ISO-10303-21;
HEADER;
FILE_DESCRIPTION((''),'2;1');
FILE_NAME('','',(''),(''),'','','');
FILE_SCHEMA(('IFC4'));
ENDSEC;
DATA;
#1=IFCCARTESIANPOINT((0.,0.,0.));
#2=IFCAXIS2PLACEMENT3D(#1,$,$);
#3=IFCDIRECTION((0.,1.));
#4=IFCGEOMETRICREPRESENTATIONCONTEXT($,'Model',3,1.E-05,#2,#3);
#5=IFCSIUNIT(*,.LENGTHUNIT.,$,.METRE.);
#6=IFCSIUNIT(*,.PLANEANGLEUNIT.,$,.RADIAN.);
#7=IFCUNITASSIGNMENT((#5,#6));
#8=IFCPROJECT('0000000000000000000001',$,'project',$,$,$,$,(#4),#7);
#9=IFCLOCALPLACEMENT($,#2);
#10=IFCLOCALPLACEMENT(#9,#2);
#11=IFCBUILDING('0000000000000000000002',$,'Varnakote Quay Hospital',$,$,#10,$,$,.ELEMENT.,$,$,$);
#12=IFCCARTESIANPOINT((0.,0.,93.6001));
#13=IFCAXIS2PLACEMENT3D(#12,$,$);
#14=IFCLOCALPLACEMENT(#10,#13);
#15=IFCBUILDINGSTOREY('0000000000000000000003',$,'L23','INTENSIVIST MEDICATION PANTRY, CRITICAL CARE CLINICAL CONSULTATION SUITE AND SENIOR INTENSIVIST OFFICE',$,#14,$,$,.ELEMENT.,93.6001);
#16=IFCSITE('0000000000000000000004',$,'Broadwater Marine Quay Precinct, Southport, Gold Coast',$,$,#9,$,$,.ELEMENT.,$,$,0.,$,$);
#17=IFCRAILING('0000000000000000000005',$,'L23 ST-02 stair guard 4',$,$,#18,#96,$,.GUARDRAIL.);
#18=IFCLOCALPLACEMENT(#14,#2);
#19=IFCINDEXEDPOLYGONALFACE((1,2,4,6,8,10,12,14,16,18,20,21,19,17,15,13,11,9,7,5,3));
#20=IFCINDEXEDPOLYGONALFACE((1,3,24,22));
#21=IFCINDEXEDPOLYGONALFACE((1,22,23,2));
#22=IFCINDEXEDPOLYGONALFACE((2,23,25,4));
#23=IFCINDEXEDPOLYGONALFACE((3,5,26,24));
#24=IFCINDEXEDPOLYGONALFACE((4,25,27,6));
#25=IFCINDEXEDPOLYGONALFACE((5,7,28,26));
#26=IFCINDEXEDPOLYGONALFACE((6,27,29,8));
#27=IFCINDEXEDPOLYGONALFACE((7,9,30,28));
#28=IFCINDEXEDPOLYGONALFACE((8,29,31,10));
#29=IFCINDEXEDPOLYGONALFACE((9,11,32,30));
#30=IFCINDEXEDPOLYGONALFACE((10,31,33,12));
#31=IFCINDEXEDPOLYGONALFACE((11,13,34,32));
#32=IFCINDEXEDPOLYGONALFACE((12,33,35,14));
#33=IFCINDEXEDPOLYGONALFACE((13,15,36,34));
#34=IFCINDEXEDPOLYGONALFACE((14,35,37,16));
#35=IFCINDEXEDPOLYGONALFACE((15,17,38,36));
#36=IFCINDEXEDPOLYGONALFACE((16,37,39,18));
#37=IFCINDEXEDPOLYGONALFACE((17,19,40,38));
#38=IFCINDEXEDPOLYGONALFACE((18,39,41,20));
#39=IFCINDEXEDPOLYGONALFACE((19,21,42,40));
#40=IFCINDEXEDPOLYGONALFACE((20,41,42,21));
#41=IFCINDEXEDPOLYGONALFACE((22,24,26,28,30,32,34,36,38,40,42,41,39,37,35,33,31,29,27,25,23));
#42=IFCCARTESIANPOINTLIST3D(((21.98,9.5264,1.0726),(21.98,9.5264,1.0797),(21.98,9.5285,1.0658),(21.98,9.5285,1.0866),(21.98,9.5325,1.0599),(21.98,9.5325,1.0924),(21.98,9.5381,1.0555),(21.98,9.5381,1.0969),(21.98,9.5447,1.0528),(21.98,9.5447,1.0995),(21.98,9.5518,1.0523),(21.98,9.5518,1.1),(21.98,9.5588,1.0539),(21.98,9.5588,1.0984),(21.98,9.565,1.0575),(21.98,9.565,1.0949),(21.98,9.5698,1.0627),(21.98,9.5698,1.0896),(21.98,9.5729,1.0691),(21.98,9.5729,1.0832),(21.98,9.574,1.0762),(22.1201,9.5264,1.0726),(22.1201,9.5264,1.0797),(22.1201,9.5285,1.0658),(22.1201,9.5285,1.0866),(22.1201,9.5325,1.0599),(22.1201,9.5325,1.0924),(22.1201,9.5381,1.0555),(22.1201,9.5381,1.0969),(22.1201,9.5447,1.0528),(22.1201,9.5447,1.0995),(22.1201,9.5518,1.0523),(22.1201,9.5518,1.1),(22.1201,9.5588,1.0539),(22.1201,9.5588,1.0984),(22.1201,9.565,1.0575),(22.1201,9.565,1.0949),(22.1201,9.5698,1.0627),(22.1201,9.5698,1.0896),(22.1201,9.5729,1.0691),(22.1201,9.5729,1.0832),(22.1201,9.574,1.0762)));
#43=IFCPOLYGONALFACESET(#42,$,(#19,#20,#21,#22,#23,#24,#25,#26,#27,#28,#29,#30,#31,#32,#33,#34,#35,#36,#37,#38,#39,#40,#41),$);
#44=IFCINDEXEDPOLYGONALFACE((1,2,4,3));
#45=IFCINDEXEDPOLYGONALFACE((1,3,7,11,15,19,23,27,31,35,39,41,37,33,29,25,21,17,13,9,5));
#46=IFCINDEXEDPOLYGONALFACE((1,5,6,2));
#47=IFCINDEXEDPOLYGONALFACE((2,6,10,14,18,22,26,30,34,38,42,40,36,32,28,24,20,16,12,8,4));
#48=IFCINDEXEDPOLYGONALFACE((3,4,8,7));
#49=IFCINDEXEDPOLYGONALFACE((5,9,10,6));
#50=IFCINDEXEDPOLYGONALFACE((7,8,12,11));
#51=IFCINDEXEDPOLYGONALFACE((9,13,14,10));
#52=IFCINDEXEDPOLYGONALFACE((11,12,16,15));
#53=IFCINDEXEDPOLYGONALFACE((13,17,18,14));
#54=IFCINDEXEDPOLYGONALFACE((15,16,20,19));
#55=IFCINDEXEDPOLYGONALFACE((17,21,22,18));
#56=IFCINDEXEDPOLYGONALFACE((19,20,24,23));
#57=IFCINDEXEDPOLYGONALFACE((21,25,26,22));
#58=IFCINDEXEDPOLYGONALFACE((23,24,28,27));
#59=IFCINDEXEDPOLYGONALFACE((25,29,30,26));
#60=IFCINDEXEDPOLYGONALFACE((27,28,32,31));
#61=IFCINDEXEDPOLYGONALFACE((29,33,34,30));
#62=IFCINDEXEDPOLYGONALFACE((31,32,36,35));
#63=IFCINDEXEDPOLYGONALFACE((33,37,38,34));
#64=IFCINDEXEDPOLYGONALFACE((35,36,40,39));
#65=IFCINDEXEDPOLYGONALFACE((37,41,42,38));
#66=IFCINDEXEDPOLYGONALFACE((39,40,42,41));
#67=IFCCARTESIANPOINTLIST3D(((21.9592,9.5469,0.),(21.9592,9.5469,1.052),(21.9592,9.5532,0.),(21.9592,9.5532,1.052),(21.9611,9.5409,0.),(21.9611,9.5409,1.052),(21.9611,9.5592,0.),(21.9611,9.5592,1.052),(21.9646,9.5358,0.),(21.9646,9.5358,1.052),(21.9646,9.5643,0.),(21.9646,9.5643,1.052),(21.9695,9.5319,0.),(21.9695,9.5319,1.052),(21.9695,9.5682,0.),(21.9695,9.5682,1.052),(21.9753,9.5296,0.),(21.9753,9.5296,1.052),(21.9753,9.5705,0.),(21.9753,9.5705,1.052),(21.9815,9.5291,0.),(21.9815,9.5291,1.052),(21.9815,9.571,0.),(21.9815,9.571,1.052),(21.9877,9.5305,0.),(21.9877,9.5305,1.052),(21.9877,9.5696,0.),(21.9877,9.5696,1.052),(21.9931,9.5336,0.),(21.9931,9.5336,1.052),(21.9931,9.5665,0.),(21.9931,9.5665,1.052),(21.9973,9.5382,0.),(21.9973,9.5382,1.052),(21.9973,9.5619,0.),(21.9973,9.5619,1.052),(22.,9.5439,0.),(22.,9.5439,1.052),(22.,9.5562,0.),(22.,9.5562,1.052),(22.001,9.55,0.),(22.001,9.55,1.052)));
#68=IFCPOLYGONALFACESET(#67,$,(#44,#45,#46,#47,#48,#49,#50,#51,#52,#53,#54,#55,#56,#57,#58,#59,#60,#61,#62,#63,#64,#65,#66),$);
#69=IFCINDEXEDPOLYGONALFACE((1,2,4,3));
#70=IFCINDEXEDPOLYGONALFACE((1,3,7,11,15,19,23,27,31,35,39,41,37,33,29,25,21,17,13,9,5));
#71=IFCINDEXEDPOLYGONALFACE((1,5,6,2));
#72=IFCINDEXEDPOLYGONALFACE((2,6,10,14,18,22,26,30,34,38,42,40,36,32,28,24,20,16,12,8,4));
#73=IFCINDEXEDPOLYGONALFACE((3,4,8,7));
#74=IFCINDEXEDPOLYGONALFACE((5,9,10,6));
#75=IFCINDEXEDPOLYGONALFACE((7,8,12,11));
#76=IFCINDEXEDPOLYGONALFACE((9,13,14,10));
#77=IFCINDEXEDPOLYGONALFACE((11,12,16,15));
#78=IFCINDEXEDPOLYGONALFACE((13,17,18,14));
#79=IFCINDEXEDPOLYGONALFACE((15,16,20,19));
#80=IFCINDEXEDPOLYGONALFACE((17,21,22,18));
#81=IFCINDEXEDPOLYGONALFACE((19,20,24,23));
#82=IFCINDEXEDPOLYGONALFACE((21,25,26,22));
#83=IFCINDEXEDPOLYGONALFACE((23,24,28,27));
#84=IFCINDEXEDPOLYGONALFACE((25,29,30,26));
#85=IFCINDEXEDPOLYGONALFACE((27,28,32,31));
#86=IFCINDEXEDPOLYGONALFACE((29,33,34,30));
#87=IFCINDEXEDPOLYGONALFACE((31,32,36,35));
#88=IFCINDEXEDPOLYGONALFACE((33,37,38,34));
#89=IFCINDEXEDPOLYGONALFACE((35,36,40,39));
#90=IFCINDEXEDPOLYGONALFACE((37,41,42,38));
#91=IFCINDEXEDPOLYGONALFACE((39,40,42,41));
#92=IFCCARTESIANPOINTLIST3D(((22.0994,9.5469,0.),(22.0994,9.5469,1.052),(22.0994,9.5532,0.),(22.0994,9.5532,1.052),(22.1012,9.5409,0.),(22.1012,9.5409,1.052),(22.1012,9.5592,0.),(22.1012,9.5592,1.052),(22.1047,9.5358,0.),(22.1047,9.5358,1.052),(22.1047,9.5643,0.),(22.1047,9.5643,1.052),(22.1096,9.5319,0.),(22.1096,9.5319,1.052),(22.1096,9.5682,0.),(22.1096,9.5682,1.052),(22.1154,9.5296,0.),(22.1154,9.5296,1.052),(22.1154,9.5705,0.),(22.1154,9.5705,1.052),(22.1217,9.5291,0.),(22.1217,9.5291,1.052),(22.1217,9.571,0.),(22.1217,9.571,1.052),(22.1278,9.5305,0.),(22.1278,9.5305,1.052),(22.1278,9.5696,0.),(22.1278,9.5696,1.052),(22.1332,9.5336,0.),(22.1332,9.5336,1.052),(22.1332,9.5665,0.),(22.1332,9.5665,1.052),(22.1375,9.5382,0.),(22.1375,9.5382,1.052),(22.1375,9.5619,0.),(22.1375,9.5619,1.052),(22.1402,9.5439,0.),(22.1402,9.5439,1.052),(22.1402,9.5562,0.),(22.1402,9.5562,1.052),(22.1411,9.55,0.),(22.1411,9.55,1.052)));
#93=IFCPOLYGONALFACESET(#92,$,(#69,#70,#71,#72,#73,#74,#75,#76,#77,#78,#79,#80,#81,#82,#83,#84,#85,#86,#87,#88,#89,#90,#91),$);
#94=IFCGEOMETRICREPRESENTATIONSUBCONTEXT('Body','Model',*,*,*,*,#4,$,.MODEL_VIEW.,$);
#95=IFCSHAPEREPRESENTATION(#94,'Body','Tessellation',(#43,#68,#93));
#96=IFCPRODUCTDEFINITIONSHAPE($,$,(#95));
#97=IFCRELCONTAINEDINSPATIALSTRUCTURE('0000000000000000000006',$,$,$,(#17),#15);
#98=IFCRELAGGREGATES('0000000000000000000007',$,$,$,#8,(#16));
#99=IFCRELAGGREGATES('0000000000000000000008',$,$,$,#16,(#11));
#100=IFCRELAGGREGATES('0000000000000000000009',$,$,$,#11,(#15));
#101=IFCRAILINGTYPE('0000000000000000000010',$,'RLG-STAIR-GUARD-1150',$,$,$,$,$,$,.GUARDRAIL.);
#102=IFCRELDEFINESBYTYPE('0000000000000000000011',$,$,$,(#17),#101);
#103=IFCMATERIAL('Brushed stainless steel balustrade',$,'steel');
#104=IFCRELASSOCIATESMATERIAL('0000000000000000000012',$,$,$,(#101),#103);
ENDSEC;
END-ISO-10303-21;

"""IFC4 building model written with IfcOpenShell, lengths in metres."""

from ifc_helpers import new_model, si_unit, direction, frame, origin, origin_2d, place, context, subcontext, project, spatial, circle, extrude, material, type_object, element, save


model = new_model("IFC4")

# Units and contexts
model_context = context("Model", 3, precision=1e-05, world=origin(), true_north=direction((0.0, 1.0)))
body_context = subcontext(model_context, "Body", "Model", "MODEL_VIEW")
ifc_project = project(units=[si_unit("LENGTHUNIT", "METRE"), si_unit("PLANEANGLEUNIT", "RADIAN")], contexts=[model_context])

# Site, building, storey
site_placement = place(None, origin())
site = spatial("IfcSite", under=ifc_project, at=site_placement, Name="Broadwater Marine Quay Precinct, Southport, Gold Coast", CompositionType="ELEMENT", RefElevation=0.0)
building_placement = place(site_placement, origin())
building = spatial("IfcBuilding", under=site, at=building_placement, Name="Varnakote Quay Hospital", CompositionType="ELEMENT")
storey_placement = place(building_placement, frame((0.0, 0.0, 93.6001)))
storey = spatial("IfcBuildingStorey", under=building, at=storey_placement, Name="L23", Description="INTENSIVIST MEDICATION PANTRY, CRITICAL CARE CLINICAL CONSULTATION SUITE AND SENIOR INTENSIVIST OFFICE", CompositionType="ELEMENT", Elevation=93.6001)

# Railing
ifc_material_1 = material(Name="Brushed stainless steel balustrade", Category="steel")
railing_type_1 = type_object("IfcRailingType", Name="RLG-STAIR-GUARD-1150", PredefinedType="GUARDRAIL", material=ifc_material_1)
railing_1_placement = place(storey_placement, frame((21.98, 9.55, 0.0)))
element("IfcRailing", 1, at=railing_1_placement, inside=storey, type_object=railing_type_1, Name="L23 ST-02 stair guard 4", PredefinedType="GUARDRAIL", context=body_context, shape_type="SweptSolid", body=[
    extrude(circle(Radius=0.0239, at=origin_2d()), frame((0.0, 0.0, 1.0762), z_axis=(1.0, 0.0, 0.0), x_axis=(0.0, 1.0, 0.0)), (0.0, 0.0, 1.0), 0.1401),
    extrude(circle(Radius=0.021, at=origin_2d()), origin(), (0.0, 0.0, 1.0), 1.052),
    extrude(circle(Radius=0.021, at=origin_2d()), frame((0.1401, 0.0, 0.0)), (0.0, 0.0, 1.0), 1.052),
])

save(model, "model.ifc")
